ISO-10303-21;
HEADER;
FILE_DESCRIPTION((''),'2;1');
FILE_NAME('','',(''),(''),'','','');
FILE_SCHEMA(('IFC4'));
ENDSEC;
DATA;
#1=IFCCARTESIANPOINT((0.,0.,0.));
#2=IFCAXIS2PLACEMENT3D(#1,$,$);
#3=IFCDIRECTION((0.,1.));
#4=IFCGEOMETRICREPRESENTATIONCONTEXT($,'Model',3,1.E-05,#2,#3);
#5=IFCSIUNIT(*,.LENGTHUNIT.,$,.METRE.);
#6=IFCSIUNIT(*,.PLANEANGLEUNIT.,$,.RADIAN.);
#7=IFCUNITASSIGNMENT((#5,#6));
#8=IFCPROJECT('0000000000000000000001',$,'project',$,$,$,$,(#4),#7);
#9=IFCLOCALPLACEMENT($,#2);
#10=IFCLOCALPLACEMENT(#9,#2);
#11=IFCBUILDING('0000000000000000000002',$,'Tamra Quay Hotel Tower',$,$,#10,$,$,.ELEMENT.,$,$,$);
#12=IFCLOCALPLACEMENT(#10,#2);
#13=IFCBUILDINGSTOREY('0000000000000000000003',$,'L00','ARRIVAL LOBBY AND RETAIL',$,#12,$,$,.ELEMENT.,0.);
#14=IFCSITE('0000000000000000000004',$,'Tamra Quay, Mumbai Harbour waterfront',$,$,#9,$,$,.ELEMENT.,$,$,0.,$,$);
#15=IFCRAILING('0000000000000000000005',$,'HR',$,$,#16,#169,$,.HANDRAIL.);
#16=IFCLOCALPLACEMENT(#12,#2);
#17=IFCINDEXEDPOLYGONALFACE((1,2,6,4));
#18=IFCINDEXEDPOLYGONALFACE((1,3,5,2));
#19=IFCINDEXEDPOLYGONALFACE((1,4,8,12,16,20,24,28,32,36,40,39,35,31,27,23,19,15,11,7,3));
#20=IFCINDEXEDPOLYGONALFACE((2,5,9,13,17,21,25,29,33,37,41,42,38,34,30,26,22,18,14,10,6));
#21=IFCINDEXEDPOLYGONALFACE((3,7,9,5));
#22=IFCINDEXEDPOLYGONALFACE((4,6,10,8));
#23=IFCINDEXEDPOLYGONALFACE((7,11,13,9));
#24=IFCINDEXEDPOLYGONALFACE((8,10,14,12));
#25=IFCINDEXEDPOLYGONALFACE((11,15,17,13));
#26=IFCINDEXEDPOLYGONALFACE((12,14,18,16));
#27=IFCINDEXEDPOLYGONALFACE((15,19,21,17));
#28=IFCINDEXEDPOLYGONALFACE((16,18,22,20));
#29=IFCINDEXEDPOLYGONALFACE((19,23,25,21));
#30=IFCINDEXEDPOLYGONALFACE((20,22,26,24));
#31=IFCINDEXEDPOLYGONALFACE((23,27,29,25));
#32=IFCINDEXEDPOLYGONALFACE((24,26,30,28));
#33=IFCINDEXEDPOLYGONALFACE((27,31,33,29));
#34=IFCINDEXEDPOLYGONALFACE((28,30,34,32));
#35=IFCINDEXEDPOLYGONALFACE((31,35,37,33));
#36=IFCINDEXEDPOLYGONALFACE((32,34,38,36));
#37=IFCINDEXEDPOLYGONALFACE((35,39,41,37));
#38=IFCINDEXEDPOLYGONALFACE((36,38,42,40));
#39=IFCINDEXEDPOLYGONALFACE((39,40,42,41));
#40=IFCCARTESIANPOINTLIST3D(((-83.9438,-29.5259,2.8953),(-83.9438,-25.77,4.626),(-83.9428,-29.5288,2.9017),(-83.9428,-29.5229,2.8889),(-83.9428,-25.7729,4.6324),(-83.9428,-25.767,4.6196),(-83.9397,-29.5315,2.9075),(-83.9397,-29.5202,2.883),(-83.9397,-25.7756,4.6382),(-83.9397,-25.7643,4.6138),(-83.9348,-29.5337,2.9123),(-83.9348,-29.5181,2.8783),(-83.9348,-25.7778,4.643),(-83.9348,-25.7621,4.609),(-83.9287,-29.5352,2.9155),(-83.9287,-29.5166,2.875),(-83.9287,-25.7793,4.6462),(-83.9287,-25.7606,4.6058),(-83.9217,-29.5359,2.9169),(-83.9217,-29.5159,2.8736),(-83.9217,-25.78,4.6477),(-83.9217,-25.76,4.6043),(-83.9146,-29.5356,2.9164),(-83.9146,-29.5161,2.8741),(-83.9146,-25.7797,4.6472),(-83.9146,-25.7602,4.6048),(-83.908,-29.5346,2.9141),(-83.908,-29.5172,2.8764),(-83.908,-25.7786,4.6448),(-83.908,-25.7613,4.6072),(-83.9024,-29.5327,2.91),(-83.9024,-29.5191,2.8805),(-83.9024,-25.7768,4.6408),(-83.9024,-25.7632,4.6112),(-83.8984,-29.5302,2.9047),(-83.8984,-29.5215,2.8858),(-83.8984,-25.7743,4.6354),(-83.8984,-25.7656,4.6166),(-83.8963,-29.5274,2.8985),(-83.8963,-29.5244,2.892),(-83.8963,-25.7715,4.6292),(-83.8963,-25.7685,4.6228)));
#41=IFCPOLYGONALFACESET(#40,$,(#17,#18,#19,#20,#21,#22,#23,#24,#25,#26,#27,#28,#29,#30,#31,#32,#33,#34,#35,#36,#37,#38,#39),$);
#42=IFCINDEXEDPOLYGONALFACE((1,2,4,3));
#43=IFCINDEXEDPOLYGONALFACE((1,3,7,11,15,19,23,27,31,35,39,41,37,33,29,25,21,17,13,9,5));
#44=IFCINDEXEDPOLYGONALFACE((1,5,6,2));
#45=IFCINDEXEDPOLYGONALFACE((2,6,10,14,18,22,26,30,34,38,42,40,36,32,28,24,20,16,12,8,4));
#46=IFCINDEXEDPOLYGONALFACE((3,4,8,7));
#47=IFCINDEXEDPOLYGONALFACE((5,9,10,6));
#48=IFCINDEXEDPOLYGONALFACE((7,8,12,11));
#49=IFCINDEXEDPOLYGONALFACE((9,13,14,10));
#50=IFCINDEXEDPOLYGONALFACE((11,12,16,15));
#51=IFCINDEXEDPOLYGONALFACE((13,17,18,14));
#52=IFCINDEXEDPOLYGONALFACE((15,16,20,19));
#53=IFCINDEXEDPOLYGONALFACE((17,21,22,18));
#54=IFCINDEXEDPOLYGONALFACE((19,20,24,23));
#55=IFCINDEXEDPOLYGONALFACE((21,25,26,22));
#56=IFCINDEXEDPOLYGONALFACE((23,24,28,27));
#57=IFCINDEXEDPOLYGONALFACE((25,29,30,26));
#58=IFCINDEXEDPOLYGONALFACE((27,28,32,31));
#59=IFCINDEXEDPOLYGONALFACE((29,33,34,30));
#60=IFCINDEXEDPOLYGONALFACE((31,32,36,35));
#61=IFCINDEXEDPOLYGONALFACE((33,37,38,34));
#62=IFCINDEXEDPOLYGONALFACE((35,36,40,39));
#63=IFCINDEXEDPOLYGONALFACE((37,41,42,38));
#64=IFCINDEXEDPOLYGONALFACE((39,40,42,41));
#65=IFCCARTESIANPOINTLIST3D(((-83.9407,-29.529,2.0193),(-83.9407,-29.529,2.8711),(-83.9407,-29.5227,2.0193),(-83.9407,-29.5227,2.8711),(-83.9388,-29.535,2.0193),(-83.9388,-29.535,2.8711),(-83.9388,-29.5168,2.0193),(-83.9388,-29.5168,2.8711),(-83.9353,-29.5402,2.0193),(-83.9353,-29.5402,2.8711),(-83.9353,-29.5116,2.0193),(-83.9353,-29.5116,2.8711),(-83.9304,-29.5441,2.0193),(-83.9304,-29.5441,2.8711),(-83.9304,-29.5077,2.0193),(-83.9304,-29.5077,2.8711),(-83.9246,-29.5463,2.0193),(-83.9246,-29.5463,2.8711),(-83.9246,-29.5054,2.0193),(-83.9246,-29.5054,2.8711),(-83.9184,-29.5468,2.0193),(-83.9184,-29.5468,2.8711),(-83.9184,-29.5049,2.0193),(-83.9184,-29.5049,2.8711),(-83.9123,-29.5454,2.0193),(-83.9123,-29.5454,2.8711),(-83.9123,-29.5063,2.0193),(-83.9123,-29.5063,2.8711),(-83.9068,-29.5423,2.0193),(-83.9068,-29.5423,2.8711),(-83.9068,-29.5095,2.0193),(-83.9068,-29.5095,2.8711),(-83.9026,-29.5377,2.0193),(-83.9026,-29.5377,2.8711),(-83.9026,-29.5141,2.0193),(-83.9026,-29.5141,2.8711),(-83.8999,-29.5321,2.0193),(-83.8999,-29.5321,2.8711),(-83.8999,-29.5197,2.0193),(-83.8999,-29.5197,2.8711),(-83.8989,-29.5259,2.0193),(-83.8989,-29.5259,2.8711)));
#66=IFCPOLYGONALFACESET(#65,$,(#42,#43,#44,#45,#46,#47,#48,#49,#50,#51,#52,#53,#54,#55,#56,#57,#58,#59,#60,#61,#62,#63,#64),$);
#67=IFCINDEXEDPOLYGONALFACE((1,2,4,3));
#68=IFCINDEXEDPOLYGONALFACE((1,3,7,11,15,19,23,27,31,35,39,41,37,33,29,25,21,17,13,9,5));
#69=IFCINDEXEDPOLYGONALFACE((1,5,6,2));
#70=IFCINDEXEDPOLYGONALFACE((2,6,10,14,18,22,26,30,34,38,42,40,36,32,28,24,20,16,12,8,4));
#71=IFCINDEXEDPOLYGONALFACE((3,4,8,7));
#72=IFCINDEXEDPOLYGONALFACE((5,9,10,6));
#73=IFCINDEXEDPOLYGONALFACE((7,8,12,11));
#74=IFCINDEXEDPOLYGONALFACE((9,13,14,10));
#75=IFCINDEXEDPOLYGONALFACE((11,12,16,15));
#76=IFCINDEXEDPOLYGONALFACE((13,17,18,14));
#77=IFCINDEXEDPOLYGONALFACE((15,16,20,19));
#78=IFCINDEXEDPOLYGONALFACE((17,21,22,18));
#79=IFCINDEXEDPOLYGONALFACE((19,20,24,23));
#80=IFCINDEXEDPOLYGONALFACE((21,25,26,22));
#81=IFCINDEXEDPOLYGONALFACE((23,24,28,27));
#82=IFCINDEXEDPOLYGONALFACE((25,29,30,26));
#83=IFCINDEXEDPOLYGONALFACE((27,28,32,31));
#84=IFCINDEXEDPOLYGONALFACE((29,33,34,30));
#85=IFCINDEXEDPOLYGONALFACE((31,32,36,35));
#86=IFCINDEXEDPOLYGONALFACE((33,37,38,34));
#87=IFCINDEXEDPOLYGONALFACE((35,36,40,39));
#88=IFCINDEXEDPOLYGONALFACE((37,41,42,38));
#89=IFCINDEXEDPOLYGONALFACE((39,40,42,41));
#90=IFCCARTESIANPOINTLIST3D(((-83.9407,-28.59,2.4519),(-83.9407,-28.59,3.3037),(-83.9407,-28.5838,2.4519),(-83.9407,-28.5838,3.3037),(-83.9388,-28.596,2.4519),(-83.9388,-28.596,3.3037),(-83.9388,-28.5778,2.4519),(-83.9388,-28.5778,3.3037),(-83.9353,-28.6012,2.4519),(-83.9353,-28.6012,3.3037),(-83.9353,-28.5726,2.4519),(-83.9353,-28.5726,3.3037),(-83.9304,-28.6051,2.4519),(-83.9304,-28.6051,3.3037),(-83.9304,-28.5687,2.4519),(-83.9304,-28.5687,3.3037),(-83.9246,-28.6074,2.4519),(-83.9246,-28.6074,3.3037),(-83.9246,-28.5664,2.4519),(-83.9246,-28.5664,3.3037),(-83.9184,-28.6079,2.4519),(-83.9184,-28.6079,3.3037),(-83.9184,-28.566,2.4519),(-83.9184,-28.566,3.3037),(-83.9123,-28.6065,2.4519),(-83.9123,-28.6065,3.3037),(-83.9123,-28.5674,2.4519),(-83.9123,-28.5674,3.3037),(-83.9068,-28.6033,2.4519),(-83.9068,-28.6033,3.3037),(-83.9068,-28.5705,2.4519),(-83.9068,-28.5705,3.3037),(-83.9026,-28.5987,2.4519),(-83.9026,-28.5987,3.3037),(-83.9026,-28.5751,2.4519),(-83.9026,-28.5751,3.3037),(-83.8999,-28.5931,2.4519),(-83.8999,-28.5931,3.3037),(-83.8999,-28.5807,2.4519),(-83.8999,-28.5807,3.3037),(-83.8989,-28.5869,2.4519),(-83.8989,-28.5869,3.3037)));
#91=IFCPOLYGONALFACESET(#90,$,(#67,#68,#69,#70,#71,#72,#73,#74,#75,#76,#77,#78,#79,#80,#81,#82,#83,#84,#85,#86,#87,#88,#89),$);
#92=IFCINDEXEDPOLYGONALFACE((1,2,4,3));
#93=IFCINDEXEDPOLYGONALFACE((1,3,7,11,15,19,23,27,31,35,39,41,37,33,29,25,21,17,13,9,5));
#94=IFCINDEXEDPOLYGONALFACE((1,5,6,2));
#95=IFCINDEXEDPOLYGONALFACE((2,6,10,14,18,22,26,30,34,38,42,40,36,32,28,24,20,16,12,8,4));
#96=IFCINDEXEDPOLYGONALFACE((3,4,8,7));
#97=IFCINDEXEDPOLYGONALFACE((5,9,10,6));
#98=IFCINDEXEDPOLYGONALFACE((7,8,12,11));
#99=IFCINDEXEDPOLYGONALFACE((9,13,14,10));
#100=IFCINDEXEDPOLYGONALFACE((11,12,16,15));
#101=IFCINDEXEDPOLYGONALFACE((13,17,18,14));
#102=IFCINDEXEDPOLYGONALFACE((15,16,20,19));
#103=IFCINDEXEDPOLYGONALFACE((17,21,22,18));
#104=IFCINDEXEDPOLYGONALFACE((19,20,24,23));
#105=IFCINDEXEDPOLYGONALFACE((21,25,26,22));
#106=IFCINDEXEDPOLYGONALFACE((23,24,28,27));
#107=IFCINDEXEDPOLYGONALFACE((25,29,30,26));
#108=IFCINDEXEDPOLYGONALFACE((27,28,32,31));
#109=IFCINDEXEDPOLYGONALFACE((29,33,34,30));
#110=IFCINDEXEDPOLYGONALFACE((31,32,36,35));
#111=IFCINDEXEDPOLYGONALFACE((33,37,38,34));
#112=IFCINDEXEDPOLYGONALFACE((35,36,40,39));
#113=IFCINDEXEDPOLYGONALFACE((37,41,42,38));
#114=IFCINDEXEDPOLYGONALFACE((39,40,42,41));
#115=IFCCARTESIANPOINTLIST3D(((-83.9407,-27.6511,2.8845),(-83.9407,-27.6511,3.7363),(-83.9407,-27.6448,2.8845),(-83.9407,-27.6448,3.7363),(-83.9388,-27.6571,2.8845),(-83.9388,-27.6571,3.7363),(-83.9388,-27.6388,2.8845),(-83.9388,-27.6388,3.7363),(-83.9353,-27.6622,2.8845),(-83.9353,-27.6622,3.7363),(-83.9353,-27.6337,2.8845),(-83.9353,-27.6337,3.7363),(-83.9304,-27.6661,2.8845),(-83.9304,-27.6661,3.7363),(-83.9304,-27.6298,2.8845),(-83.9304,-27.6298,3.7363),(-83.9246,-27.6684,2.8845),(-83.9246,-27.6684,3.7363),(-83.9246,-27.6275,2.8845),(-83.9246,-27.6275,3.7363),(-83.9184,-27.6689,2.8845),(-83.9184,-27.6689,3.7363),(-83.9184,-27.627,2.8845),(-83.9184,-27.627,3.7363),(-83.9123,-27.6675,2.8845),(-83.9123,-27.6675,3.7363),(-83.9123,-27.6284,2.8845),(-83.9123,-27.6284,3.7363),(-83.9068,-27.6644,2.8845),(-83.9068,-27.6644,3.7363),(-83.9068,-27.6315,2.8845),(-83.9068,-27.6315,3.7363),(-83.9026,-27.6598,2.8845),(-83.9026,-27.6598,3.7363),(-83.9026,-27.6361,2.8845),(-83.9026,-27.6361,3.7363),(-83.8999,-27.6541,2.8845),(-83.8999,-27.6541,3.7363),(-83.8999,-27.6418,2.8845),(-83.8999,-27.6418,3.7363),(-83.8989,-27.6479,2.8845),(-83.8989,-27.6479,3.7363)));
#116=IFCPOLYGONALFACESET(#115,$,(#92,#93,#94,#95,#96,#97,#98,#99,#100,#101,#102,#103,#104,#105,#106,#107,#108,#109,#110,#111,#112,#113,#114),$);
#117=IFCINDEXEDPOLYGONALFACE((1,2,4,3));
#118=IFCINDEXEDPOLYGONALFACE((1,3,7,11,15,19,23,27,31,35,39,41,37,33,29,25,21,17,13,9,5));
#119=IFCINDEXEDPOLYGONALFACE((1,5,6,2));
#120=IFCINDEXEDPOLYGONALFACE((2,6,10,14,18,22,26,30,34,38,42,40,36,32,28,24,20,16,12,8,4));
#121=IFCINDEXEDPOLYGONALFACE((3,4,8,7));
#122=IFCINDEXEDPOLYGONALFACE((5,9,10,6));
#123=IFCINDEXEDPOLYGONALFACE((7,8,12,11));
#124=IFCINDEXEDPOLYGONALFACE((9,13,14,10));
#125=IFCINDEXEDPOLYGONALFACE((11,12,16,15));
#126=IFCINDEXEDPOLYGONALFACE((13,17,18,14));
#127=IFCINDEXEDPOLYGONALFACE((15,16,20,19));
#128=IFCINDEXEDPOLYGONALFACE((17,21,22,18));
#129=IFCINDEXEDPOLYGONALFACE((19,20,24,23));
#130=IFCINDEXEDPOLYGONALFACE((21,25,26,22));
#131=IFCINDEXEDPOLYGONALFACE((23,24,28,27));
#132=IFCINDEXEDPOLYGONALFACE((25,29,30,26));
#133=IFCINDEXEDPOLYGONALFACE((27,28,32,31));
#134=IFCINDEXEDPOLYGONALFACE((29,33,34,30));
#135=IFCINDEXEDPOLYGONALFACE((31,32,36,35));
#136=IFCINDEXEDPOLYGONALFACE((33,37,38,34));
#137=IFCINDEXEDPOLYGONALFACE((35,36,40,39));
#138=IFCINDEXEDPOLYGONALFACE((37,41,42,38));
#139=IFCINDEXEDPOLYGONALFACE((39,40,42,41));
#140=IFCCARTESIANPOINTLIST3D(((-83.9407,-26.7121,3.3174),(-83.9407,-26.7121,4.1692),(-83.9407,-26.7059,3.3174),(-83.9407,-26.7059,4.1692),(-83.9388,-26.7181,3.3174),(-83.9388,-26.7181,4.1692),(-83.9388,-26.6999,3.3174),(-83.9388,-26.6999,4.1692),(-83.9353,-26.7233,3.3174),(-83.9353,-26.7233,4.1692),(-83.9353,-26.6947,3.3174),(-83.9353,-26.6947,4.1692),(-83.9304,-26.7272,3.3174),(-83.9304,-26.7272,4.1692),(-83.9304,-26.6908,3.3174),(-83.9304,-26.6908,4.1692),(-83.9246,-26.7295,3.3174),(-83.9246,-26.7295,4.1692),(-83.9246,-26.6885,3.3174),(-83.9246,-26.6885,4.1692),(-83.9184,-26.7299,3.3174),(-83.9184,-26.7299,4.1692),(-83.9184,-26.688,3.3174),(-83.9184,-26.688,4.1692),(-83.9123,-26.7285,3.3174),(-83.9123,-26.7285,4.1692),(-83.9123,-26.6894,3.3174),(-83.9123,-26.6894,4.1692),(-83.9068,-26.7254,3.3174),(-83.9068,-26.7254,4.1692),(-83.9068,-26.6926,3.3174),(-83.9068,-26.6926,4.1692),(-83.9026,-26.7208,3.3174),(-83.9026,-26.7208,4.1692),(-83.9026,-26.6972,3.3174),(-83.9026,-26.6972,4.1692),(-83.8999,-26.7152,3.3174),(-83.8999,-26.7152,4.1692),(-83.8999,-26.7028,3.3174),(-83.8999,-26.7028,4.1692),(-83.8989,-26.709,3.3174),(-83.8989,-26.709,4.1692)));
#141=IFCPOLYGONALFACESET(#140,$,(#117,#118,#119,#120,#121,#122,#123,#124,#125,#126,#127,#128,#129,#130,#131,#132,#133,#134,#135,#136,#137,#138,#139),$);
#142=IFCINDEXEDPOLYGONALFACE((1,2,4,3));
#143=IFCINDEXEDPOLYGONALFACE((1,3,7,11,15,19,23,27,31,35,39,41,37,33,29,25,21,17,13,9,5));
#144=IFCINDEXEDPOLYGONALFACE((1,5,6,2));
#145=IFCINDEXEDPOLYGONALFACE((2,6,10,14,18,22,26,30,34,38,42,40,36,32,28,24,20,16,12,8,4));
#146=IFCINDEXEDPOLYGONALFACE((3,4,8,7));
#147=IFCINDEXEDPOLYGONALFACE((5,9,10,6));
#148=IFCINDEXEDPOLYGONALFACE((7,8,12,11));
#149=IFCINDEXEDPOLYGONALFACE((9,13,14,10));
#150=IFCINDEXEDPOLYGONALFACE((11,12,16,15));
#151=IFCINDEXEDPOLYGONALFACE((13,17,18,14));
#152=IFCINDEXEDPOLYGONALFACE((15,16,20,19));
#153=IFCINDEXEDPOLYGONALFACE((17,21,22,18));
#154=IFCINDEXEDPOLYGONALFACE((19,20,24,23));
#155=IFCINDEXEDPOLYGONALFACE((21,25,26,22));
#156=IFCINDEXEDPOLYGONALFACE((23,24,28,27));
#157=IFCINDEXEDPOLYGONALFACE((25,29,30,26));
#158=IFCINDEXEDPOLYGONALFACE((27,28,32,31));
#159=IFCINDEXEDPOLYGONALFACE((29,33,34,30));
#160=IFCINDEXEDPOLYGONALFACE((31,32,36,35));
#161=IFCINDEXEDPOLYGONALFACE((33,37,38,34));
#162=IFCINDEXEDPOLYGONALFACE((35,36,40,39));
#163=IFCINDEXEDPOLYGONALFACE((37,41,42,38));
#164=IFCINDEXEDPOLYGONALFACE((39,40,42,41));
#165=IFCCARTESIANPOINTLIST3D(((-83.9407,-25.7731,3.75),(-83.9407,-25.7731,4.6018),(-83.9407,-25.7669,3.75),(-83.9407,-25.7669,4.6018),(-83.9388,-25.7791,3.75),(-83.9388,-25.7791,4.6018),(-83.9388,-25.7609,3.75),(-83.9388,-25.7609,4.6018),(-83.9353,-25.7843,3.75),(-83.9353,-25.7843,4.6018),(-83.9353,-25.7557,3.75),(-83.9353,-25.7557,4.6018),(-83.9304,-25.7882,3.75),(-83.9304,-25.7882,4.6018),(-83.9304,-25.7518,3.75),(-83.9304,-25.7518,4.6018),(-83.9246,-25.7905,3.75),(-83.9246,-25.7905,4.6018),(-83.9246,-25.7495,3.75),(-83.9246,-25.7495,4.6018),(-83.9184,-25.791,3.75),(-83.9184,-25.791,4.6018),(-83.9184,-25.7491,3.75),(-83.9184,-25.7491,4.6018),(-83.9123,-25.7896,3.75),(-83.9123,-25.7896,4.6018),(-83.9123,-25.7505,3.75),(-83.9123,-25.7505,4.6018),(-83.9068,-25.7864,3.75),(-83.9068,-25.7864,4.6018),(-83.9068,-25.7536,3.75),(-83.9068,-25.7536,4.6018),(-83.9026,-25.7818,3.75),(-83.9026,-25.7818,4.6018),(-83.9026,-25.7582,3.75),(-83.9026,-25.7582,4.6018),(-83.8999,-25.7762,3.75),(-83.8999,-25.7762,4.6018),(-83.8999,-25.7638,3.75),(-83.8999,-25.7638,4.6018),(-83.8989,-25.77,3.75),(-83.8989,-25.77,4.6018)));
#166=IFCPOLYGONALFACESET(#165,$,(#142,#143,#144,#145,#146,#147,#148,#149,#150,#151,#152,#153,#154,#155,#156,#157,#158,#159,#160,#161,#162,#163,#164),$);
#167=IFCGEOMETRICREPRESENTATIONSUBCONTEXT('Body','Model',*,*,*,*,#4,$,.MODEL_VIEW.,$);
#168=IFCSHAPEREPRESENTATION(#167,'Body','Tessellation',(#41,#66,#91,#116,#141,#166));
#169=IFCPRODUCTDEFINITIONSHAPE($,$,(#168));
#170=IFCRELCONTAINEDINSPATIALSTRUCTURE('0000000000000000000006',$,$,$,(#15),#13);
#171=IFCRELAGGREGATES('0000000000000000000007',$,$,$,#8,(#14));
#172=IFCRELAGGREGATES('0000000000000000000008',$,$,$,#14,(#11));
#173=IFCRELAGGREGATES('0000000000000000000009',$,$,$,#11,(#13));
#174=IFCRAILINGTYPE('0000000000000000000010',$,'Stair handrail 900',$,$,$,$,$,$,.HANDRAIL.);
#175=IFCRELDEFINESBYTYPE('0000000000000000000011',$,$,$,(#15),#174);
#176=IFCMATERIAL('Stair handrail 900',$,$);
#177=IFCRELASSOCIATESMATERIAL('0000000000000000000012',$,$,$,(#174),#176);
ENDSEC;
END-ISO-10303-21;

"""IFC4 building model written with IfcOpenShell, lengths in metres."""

from ifc_helpers import new_model, si_unit, direction, frame, origin, origin_2d, place, context, subcontext, project, spatial, circle, extrude, material, type_object, element, save


model = new_model("IFC4")

# Units and contexts
model_context = context("Model", 3, precision=1e-05, world=origin(), true_north=direction((0.0, 1.0)))
body_context = subcontext(model_context, "Body", "Model", "MODEL_VIEW")
ifc_project = project(units=[si_unit("LENGTHUNIT", "METRE"), si_unit("PLANEANGLEUNIT", "RADIAN")], contexts=[model_context])

# Site, building, storey
site_placement = place(None, origin())
site = spatial("IfcSite", under=ifc_project, at=site_placement, Name="Tamra Quay, Mumbai Harbour waterfront", CompositionType="ELEMENT", RefElevation=0.0)
building_placement = place(site_placement, origin())
building = spatial("IfcBuilding", under=site, at=building_placement, Name="Tamra Quay Hotel Tower", CompositionType="ELEMENT")
storey_placement = place(building_placement, origin())
storey = spatial("IfcBuildingStorey", under=building, at=storey_placement, Name="L00", Description="ARRIVAL LOBBY AND RETAIL", CompositionType="ELEMENT", Elevation=0.0)

# Railing
ifc_material_1 = material(Name="Stair handrail 900")
railing_type_1 = type_object("IfcRailingType", Name="Stair handrail 900", PredefinedType="HANDRAIL", material=ifc_material_1)
railing_1_placement = place(storey_placement, frame((-83.9199, -29.5259, 2.0193)))
element("IfcRailing", 1, at=railing_1_placement, inside=storey, type_object=railing_type_1, Name="HR", PredefinedType="HANDRAIL", context=body_context, shape_type="SweptSolid", body=[
    extrude(circle(Radius=0.0239, at=origin_2d()), frame((0.0, 0.0, 0.876), z_axis=(0.0, 0.908213, 0.418508), x_axis=(-1.0, 0.0, 0.0)), (0.0, 0.0, 1.0), 4.1355),
    extrude(circle(Radius=0.021, at=origin_2d()), origin(), (0.0, 0.0, 1.0), 0.8518),
    extrude(circle(Radius=0.021, at=origin_2d()), frame((0.0, 0.939, 0.4326)), (0.0, 0.0, 1.0), 0.8518),
    extrude(circle(Radius=0.021, at=origin_2d()), frame((0.0, 1.8779, 0.8652)), (0.0, 0.0, 1.0), 0.8518),
    extrude(circle(Radius=0.021, at=origin_2d()), frame((0.0, 2.8169, 1.2981)), (0.0, 0.0, 1.0), 0.8518),
    extrude(circle(Radius=0.021, at=origin_2d()), frame((0.0, 3.7559, 1.7307)), (0.0, 0.0, 1.0), 0.8518),
])

save(model, "model.ifc")
